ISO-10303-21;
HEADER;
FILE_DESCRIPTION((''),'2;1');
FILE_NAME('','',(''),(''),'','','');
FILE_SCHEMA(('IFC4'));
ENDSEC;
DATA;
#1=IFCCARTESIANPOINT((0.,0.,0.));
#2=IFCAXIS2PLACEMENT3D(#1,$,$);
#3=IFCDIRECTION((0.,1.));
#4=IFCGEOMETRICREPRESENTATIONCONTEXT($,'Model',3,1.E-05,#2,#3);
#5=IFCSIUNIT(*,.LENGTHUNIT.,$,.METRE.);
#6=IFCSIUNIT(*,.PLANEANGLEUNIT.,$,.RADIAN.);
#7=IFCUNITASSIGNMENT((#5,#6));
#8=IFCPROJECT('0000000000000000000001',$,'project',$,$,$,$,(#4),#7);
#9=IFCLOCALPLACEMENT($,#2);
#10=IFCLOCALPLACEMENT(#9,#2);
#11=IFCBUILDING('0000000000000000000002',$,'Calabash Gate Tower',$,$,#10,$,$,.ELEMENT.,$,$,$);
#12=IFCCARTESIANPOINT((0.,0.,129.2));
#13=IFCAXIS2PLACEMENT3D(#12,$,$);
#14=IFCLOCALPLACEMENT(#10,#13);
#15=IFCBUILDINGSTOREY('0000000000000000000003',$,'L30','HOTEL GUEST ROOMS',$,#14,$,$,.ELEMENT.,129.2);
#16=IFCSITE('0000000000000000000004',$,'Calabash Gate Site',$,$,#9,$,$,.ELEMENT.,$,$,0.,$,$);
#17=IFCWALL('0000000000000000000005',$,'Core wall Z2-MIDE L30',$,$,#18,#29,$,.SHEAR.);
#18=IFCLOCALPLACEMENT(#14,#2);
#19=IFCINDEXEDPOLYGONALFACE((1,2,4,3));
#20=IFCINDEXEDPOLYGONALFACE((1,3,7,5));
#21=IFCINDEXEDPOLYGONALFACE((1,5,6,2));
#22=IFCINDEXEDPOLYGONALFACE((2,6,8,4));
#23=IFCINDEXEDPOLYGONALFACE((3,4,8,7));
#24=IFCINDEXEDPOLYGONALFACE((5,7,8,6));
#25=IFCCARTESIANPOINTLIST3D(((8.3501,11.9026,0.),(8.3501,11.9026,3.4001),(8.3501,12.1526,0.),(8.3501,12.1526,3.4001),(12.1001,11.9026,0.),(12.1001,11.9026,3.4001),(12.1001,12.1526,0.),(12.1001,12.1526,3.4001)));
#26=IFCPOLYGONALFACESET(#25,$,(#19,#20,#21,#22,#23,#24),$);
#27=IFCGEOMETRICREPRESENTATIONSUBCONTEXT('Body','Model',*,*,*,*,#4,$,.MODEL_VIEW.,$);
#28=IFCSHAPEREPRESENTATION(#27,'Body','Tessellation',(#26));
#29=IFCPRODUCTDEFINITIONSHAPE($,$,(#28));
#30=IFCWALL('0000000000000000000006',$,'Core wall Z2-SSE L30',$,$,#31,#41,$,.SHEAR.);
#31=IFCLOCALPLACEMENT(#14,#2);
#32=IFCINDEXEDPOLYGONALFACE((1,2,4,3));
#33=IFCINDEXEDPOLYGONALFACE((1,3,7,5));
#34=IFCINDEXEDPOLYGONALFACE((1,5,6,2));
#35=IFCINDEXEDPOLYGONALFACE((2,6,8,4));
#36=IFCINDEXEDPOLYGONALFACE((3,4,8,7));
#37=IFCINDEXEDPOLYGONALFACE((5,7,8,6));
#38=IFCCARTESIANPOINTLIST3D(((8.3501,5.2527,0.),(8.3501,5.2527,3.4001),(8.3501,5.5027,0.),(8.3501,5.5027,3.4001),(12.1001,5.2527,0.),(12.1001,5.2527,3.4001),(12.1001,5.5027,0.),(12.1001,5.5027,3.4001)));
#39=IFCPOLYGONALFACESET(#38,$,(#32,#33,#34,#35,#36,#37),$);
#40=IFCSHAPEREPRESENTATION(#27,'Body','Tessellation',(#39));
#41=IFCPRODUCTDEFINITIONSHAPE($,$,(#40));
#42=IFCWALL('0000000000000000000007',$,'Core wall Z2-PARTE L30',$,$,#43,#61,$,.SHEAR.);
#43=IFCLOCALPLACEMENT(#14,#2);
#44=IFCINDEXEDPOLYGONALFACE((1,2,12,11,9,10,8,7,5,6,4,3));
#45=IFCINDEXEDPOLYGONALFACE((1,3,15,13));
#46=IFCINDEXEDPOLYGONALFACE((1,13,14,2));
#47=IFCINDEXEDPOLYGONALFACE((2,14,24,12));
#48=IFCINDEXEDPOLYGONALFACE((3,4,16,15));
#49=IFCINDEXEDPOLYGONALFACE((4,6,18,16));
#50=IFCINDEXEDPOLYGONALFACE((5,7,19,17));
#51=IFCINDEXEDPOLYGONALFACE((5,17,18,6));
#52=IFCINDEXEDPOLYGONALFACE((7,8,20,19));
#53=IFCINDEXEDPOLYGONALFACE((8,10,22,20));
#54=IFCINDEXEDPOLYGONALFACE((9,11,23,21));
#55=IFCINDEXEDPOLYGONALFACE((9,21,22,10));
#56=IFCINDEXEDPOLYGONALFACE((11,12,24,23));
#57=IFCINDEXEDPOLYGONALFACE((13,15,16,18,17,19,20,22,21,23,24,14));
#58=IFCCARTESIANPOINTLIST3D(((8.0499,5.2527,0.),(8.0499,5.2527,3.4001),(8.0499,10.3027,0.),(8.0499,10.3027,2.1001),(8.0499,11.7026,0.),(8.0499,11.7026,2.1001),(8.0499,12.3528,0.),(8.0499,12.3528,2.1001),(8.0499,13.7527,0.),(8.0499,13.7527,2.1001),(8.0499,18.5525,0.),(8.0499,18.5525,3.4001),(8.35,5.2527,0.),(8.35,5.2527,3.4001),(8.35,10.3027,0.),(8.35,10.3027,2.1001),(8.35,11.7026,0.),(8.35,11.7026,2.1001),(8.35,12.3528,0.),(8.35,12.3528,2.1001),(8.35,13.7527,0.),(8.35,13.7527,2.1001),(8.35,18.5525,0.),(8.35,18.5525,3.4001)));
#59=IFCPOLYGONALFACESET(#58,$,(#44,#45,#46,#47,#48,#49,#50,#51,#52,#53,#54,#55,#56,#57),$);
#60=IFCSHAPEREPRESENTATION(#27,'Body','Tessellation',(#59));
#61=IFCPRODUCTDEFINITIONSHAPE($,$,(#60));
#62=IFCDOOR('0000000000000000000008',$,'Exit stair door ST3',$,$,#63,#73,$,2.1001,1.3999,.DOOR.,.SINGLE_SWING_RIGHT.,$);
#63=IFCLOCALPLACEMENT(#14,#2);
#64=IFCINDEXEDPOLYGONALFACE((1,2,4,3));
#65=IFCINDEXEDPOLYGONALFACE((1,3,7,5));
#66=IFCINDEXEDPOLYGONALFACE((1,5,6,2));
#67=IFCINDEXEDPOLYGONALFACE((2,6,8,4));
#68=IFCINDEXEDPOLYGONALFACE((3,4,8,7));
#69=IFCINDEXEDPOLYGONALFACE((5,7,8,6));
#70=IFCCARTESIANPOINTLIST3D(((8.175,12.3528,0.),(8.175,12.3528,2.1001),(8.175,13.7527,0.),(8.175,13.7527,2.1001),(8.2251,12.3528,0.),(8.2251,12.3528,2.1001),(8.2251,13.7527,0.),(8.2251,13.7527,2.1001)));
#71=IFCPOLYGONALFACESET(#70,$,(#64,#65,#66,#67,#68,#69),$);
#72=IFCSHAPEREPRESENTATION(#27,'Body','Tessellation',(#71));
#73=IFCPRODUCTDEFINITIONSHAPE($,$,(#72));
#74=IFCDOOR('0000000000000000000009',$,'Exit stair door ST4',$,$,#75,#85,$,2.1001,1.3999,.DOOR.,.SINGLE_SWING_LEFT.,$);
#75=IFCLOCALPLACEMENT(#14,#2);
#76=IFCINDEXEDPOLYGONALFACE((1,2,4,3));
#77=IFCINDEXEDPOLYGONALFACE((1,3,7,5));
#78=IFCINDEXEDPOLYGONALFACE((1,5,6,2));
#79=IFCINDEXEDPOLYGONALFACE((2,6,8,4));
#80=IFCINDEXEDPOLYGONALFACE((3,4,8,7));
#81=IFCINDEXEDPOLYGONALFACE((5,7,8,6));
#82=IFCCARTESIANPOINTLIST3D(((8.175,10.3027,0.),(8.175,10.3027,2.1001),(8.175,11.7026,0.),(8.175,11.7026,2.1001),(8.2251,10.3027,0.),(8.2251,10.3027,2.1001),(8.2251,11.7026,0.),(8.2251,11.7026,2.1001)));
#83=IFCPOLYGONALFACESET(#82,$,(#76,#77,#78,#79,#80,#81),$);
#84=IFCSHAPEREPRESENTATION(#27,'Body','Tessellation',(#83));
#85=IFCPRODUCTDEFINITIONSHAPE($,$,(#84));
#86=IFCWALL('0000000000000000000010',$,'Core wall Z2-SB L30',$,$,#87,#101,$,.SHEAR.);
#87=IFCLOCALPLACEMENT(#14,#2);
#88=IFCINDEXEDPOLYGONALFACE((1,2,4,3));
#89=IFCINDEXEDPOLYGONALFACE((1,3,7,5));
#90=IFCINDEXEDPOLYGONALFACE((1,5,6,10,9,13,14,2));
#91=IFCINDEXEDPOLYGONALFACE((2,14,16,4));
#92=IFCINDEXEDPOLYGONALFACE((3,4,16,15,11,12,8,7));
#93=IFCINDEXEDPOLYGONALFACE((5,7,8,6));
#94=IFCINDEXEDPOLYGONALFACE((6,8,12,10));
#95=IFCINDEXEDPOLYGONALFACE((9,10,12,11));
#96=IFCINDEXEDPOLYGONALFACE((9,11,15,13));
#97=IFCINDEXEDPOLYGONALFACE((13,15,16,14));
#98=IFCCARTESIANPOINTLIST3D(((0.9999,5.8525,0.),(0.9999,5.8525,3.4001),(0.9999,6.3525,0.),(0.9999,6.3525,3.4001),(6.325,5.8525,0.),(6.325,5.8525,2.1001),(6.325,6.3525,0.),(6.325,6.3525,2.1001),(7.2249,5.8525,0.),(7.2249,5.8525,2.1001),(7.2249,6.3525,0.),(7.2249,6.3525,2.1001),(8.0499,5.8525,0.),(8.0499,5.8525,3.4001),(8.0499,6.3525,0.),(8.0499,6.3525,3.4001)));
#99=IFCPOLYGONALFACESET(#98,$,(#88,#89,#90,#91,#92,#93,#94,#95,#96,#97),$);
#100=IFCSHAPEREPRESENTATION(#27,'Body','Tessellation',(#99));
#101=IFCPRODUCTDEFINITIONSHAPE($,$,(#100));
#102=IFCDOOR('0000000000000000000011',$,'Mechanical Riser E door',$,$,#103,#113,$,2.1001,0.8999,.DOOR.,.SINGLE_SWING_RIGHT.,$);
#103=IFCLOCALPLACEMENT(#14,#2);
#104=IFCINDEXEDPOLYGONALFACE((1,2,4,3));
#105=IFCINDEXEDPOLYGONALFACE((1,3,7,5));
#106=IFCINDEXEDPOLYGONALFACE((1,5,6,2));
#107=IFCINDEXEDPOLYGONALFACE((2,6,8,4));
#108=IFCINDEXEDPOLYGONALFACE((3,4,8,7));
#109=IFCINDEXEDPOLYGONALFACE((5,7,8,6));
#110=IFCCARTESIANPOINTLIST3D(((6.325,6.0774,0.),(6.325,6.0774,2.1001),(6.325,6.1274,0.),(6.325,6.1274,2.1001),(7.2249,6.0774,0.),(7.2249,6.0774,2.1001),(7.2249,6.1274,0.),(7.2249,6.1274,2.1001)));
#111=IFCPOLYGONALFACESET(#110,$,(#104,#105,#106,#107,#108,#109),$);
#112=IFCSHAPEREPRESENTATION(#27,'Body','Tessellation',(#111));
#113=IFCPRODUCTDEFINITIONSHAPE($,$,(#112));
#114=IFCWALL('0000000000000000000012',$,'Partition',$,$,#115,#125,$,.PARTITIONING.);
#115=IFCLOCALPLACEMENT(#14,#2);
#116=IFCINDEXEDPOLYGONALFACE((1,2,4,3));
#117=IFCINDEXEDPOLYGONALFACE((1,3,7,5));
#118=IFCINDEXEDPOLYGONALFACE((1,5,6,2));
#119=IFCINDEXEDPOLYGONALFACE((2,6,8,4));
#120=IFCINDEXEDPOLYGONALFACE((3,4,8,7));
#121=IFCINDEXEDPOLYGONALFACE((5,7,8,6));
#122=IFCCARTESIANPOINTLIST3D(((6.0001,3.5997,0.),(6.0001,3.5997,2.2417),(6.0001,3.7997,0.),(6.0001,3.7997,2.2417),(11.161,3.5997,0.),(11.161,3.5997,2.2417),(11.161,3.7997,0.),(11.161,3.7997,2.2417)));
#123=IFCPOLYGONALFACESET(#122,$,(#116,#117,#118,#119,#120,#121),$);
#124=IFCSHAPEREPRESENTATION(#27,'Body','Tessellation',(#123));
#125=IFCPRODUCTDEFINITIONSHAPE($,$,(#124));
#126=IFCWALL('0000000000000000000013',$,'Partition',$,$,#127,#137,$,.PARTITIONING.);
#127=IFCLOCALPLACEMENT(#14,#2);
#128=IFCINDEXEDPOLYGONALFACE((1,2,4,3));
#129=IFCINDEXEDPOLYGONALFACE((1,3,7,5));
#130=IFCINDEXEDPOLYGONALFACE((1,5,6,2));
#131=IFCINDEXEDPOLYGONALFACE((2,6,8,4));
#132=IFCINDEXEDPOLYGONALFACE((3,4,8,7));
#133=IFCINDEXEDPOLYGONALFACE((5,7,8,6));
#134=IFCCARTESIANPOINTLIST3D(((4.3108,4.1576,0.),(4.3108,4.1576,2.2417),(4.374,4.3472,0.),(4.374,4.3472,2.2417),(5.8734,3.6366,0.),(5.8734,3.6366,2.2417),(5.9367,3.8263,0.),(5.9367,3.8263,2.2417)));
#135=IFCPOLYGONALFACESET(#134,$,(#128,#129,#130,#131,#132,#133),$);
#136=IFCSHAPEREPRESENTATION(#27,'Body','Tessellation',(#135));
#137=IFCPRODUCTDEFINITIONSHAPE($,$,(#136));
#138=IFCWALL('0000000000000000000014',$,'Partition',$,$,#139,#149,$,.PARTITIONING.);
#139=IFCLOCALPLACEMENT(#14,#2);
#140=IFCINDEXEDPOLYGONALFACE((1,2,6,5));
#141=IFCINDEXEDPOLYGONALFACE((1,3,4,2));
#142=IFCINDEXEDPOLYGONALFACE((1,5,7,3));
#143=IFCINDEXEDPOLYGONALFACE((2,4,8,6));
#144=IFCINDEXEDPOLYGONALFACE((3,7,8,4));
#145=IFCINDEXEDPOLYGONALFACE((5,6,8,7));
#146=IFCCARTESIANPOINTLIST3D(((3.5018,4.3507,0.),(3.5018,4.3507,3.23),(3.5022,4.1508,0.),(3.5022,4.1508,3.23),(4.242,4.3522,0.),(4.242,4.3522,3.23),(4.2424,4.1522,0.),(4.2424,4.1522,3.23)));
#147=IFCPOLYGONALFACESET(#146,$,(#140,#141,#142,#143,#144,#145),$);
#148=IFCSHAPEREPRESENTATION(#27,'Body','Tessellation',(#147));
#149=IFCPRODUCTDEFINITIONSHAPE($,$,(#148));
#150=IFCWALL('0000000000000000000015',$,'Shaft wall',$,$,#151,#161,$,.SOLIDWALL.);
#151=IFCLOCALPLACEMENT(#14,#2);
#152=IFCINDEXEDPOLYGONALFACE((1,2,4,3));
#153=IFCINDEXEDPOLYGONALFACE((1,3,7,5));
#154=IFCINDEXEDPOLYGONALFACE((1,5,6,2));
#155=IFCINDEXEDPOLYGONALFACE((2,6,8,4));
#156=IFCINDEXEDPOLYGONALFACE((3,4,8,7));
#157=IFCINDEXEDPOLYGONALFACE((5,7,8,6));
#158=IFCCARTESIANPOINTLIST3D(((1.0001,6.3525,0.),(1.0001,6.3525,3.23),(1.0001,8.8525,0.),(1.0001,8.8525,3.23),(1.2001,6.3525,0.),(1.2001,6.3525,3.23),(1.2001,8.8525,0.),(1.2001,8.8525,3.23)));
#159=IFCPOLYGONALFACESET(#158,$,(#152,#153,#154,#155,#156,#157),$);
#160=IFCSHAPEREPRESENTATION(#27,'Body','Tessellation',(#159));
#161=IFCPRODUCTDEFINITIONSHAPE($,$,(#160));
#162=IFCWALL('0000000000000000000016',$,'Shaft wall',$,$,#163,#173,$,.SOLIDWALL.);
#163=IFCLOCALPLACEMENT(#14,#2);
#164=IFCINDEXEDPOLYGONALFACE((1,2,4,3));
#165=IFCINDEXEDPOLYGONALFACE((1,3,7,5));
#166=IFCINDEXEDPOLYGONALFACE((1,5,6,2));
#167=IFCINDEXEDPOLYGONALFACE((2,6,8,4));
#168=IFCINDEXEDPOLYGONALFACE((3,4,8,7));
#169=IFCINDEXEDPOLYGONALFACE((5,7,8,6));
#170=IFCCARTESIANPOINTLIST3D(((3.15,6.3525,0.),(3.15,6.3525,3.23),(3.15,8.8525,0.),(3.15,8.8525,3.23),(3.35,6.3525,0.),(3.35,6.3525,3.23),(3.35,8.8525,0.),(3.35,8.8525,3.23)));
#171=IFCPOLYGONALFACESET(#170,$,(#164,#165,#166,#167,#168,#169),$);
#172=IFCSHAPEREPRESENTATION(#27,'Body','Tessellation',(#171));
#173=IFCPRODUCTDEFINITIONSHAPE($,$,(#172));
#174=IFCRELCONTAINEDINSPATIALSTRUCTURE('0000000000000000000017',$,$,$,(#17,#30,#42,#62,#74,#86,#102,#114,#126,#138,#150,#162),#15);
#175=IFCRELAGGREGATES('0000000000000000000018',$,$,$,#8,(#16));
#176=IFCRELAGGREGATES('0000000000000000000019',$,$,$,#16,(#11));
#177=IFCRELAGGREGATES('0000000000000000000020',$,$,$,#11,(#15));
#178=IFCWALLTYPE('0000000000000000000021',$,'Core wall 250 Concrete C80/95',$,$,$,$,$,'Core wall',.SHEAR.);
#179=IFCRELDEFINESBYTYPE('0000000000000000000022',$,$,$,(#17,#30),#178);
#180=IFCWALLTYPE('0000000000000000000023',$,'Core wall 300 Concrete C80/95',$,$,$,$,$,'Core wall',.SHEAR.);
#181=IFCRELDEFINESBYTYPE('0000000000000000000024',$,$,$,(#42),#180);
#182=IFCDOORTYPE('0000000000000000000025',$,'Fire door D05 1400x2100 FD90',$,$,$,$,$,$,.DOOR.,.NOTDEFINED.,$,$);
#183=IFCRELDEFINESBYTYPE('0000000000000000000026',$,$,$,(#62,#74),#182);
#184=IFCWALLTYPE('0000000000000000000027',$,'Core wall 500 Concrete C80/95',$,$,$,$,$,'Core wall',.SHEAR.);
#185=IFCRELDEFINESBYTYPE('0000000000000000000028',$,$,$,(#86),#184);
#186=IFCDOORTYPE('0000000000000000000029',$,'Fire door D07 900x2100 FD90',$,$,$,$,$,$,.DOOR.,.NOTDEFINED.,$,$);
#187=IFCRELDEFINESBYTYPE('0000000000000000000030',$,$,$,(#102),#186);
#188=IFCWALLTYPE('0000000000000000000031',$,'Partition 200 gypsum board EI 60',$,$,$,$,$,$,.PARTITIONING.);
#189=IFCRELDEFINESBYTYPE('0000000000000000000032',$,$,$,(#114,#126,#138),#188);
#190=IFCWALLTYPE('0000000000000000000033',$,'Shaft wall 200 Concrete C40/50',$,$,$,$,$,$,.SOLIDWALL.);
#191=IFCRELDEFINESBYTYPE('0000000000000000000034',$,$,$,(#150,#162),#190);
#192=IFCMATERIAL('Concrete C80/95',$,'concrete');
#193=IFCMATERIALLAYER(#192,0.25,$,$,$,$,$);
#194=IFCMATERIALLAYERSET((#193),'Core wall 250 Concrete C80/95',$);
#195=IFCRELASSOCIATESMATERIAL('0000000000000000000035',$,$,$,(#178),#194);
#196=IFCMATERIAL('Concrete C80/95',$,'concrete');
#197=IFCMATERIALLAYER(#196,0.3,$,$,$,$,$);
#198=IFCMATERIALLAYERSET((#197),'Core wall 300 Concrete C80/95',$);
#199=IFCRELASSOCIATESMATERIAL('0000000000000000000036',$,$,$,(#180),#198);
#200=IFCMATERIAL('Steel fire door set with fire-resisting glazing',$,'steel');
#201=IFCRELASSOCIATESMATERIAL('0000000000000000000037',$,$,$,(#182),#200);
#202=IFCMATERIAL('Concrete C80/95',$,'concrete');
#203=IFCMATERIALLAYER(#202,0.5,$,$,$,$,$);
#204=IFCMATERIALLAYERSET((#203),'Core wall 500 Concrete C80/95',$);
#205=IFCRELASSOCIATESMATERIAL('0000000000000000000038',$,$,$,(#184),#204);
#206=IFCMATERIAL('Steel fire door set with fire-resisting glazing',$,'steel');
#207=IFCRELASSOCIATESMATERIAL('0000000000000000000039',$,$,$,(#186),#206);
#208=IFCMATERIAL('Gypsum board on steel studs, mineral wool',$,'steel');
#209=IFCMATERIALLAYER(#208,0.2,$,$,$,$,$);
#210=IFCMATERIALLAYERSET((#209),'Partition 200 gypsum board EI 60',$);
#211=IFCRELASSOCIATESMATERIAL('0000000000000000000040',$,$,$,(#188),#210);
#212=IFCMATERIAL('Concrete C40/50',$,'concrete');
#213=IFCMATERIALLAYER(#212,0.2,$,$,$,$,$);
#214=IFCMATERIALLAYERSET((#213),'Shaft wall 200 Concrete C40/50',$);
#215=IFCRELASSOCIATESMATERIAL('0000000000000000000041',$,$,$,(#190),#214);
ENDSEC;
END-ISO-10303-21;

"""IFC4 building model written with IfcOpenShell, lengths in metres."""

from ifc_helpers import new_model, si_unit, direction, frame, frame_2d, origin, place, context, subcontext, project, spatial, rectangle, extrude, material, layer, layer_set, type_object, element, fill, save


model = new_model("IFC4")

# Units and contexts
model_context = context("Model", 3, precision=1e-05, world=origin(), true_north=direction((0.0, 1.0)))
body_context = subcontext(model_context, "Body", "Model", "MODEL_VIEW")
ifc_project = project(units=[si_unit("LENGTHUNIT", "METRE"), si_unit("PLANEANGLEUNIT", "RADIAN")], contexts=[model_context])

# Site, building, storey
site_placement = place(None, origin())
site = spatial("IfcSite", under=ifc_project, at=site_placement, Name="Calabash Gate Site", CompositionType="ELEMENT", RefElevation=0.0)
building_placement = place(site_placement, origin())
building = spatial("IfcBuilding", under=site, at=building_placement, Name="Calabash Gate Tower", CompositionType="ELEMENT")
storey_placement = place(building_placement, frame((0.0, 0.0, 129.2)))
storey = spatial("IfcBuildingStorey", under=building, at=storey_placement, Name="L30", Description="HOTEL GUEST ROOMS", CompositionType="ELEMENT", Elevation=129.2)

# Walls
ifc_material_1 = material(Name="Concrete C80/95", Category="concrete")
ifc_layer_1 = layer(ifc_material_1, 0.25)
ifc_layer_set_1 = layer_set([ifc_layer_1], Name="Core wall 250 Concrete C80/95")
wall_type_1 = type_object("IfcWallType", Name="Core wall 250 Concrete C80/95", ElementType="Core wall", PredefinedType="SHEAR", material=ifc_layer_set_1)
for number, where, z_axis, x_axis, name in (
    (1, (8.3501, 12.0276, 0.0), (0.0, 0.0, 1.0), (1.0, 0.0, 0.0), "Core wall Z2-MIDE L30"),
    (2, (8.3501, 5.3777, 0.0), (0.0, 0.0, 1.0), (1.0, 0.0, 0.0), "Core wall Z2-SSE L30"),
):
    element("IfcWall", number, at=place(storey_placement, frame(where, z_axis=z_axis, x_axis=x_axis)), inside=storey, type_object=wall_type_1, Name=name, PredefinedType="SHEAR", context=body_context, shape_type="SweptSolid", body=[
        extrude(rectangle(XDim=3.75, YDim=0.25, at=frame_2d((1.875, 0.0))), origin(), (0.0, 0.0, 1.0), 3.4001),
    ])

# Wall, openings, doors
ifc_material_2 = material(Name="Concrete C80/95", Category="concrete")
ifc_layer_2 = layer(ifc_material_2, 0.3)
ifc_layer_set_2 = layer_set([ifc_layer_2], Name="Core wall 300 Concrete C80/95")
wall_type_2 = type_object("IfcWallType", Name="Core wall 300 Concrete C80/95", ElementType="Core wall", PredefinedType="SHEAR", material=ifc_layer_set_2)
wall_1_placement = place(storey_placement, frame((8.2, 5.2527, 0.0), z_axis=(0.0, 0.0, 1.0), x_axis=(0.0, 1.0, 0.0)))
wall_1 = element("IfcWall", 3, at=wall_1_placement, inside=storey, type_object=wall_type_2, Name="Core wall Z2-PARTE L30", PredefinedType="SHEAR", context=body_context, shape_type="SweptSolid", body=[
    extrude(rectangle(XDim=13.2998, YDim=0.3, at=frame_2d((6.6499, 0.0))), origin(), (0.0, 0.0, 1.0), 3.4001),
])
opening_1_placement = place(wall_1_placement, frame((7.1001, 0.0, 0.0)))
opening_1 = element("IfcOpeningElement", 4, at=opening_1_placement, cuts=wall_1, PredefinedType="OPENING", context=body_context, shape_type="SweptSolid", body=[
    extrude(rectangle(XDim=1.3999, YDim=2.1001, at=frame_2d((0.7, 1.05))), frame((0.0, 0.1599, 0.0), z_axis=(0.0, -1.0, 0.0), x_axis=(1.0, 0.0, 0.0)), (0.0, 0.0, 1.0), 0.3201),
])
opening_2_placement = place(wall_1_placement, frame((5.05, 0.0, 0.0)))
opening_2 = element("IfcOpeningElement", 5, at=opening_2_placement, cuts=wall_1, PredefinedType="OPENING", context=body_context, shape_type="SweptSolid", body=[
    extrude(rectangle(XDim=1.3999, YDim=2.1001, at=frame_2d((0.7, 1.05))), frame((0.0, 0.1599, 0.0), z_axis=(0.0, -1.0, 0.0), x_axis=(1.0, 0.0, 0.0)), (0.0, 0.0, 1.0), 0.3201),
])
ifc_material_3 = material(Name="Steel fire door set with fire-resisting glazing", Category="steel")
door_type_1 = type_object("IfcDoorType", Name="Fire door D05 1400x2100 FD90", OperationType="NOTDEFINED", PredefinedType="DOOR", material=ifc_material_3)
door_1_placement = place(opening_1_placement, origin())
door_1 = element("IfcDoor", 6, at=door_1_placement, inside=storey, type_object=door_type_1, Name="Exit stair door ST3", OperationType="SINGLE_SWING_RIGHT", OverallHeight=2.1001, OverallWidth=1.3999, PredefinedType="DOOR", context=body_context, shape_type="SweptSolid", body=[
    extrude(rectangle(XDim=1.3999, YDim=2.1001, at=frame_2d((0.7, 1.05))), frame((0.0, 0.0249, 0.0), z_axis=(0.0, -1.0, 0.0), x_axis=(1.0, 0.0, 0.0)), (0.0, 0.0, 1.0), 0.05),
])
fill(opening_1, door_1)
door_2_placement = place(opening_2_placement, origin())
door_2 = element("IfcDoor", 7, at=door_2_placement, inside=storey, type_object=door_type_1, Name="Exit stair door ST4", OperationType="SINGLE_SWING_LEFT", OverallHeight=2.1001, OverallWidth=1.3999, PredefinedType="DOOR", context=body_context, shape_type="SweptSolid", body=[
    extrude(rectangle(XDim=1.3999, YDim=2.1001, at=frame_2d((0.7, 1.05))), frame((0.0, 0.0249, 0.0), z_axis=(0.0, -1.0, 0.0), x_axis=(1.0, 0.0, 0.0)), (0.0, 0.0, 1.0), 0.05),
])
fill(opening_2, door_2)

# Wall, opening, door
ifc_material_4 = material(Name="Concrete C80/95", Category="concrete")
ifc_layer_3 = layer(ifc_material_4, 0.5)
ifc_layer_set_3 = layer_set([ifc_layer_3], Name="Core wall 500 Concrete C80/95")
wall_type_3 = type_object("IfcWallType", Name="Core wall 500 Concrete C80/95", ElementType="Core wall", PredefinedType="SHEAR", material=ifc_layer_set_3)
wall_2_placement = place(storey_placement, frame((1.0, 6.1025, 0.0), z_axis=(0.0, 0.0, 1.0), x_axis=(1.0, 0.0, 0.0)))
wall_2 = element("IfcWall", 8, at=wall_2_placement, inside=storey, type_object=wall_type_3, Name="Core wall Z2-SB L30", PredefinedType="SHEAR", context=body_context, shape_type="SweptSolid", body=[
    extrude(rectangle(XDim=7.05, YDim=0.5, at=frame_2d((3.5249, 0.0))), origin(), (0.0, 0.0, 1.0), 3.4001),
])
opening_3_placement = place(wall_2_placement, frame((5.325, 0.0, 0.0)))
opening_3 = element("IfcOpeningElement", 9, at=opening_3_placement, cuts=wall_2, PredefinedType="OPENING", context=body_context, shape_type="SweptSolid", body=[
    extrude(rectangle(XDim=0.8999, YDim=2.1001, at=frame_2d((0.45, 1.05))), frame((0.0, 0.26, 0.0), z_axis=(0.0, -1.0, 0.0), x_axis=(1.0, 0.0, 0.0)), (0.0, 0.0, 1.0), 0.52),
])
ifc_material_5 = material(Name="Steel fire door set with fire-resisting glazing", Category="steel")
door_type_2 = type_object("IfcDoorType", Name="Fire door D07 900x2100 FD90", OperationType="NOTDEFINED", PredefinedType="DOOR", material=ifc_material_5)
door_3_placement = place(opening_3_placement, origin())
door_3 = element("IfcDoor", 10, at=door_3_placement, inside=storey, type_object=door_type_2, Name="Mechanical Riser E door", OperationType="SINGLE_SWING_RIGHT", OverallHeight=2.1001, OverallWidth=0.8999, PredefinedType="DOOR", context=body_context, shape_type="SweptSolid", body=[
    extrude(rectangle(XDim=0.8999, YDim=2.1001, at=frame_2d((0.45, 1.05))), frame((0.0, 0.0249, 0.0), z_axis=(0.0, -1.0, 0.0), x_axis=(1.0, 0.0, 0.0)), (0.0, 0.0, 1.0), 0.05),
])
fill(opening_3, door_3)

# Walls
ifc_material_6 = material(Name="Gypsum board on steel studs, mineral wool", Category="steel")
ifc_layer_4 = layer(ifc_material_6, 0.2)
ifc_layer_set_4 = layer_set([ifc_layer_4], Name="Partition 200 gypsum board EI 60")
wall_type_4 = type_object("IfcWallType", Name="Partition 200 gypsum board EI 60", PredefinedType="PARTITIONING", material=ifc_layer_set_4)
wall_3_placement = place(storey_placement, frame((6.0, 3.6997, 0.0), z_axis=(0.0, 0.0, 1.0), x_axis=(1.0, 0.0, 0.0)))
element("IfcWall", 11, at=wall_3_placement, inside=storey, type_object=wall_type_4, Name="Partition", PredefinedType="PARTITIONING", context=body_context, shape_type="SweptSolid", body=[
    extrude(rectangle(XDim=5.1609, YDim=0.2, at=frame_2d((2.5806, 0.0))), origin(), (0.0, 0.0, 1.0), 2.2417),
])
wall_4_placement = place(storey_placement, frame((4.3423, 4.2524, 0.0), z_axis=(0.0, 0.0, 1.0), x_axis=(0.948668, -0.316272, 0.0)))
element("IfcWall", 12, at=wall_4_placement, inside=storey, type_object=wall_type_4, Name="Partition", PredefinedType="PARTITIONING", context=body_context, shape_type="SweptSolid", body=[
    extrude(rectangle(XDim=1.6472, YDim=0.2, at=frame_2d((0.8237, 0.0))), origin(), (0.0, 0.0, 1.0), 2.2417),
])
wall_5_placement = place(storey_placement, frame((3.502, 4.2507, 0.0), z_axis=(0.0, 0.0, 1.0), x_axis=(0.999998, 0.001979, 0.0)))
element("IfcWall", 13, at=wall_5_placement, inside=storey, type_object=wall_type_4, Name="Partition", PredefinedType="PARTITIONING", context=body_context, shape_type="SweptSolid", body=[
    extrude(rectangle(XDim=0.7402, YDim=0.2, at=frame_2d((0.3701, 0.0))), origin(), (0.0, 0.0, 1.0), 3.23),
])
ifc_material_7 = material(Name="Concrete C40/50", Category="concrete")
ifc_layer_5 = layer(ifc_material_7, 0.2)
ifc_layer_set_5 = layer_set([ifc_layer_5], Name="Shaft wall 200 Concrete C40/50")
wall_type_5 = type_object("IfcWallType", Name="Shaft wall 200 Concrete C40/50", PredefinedType="SOLIDWALL", material=ifc_layer_set_5)
for number, where, z_axis, x_axis, name in (
    (14, (1.1001, 6.3525, 0.0), (0.0, 0.0, 1.0), (0.0, 1.0, 0.0), "Shaft wall"),
    (15, (3.25, 6.3525, 0.0), (0.0, 0.0, 1.0), (0.0, 1.0, 0.0), "Shaft wall"),
):
    element("IfcWall", number, at=place(storey_placement, frame(where, z_axis=z_axis, x_axis=x_axis)), inside=storey, type_object=wall_type_5, Name=name, PredefinedType="SOLIDWALL", context=body_context, shape_type="SweptSolid", body=[
        extrude(rectangle(XDim=2.5, YDim=0.2, at=frame_2d((1.25, 0.0))), origin(), (0.0, 0.0, 1.0), 3.23),
    ])

save(model, "model.ifc")
